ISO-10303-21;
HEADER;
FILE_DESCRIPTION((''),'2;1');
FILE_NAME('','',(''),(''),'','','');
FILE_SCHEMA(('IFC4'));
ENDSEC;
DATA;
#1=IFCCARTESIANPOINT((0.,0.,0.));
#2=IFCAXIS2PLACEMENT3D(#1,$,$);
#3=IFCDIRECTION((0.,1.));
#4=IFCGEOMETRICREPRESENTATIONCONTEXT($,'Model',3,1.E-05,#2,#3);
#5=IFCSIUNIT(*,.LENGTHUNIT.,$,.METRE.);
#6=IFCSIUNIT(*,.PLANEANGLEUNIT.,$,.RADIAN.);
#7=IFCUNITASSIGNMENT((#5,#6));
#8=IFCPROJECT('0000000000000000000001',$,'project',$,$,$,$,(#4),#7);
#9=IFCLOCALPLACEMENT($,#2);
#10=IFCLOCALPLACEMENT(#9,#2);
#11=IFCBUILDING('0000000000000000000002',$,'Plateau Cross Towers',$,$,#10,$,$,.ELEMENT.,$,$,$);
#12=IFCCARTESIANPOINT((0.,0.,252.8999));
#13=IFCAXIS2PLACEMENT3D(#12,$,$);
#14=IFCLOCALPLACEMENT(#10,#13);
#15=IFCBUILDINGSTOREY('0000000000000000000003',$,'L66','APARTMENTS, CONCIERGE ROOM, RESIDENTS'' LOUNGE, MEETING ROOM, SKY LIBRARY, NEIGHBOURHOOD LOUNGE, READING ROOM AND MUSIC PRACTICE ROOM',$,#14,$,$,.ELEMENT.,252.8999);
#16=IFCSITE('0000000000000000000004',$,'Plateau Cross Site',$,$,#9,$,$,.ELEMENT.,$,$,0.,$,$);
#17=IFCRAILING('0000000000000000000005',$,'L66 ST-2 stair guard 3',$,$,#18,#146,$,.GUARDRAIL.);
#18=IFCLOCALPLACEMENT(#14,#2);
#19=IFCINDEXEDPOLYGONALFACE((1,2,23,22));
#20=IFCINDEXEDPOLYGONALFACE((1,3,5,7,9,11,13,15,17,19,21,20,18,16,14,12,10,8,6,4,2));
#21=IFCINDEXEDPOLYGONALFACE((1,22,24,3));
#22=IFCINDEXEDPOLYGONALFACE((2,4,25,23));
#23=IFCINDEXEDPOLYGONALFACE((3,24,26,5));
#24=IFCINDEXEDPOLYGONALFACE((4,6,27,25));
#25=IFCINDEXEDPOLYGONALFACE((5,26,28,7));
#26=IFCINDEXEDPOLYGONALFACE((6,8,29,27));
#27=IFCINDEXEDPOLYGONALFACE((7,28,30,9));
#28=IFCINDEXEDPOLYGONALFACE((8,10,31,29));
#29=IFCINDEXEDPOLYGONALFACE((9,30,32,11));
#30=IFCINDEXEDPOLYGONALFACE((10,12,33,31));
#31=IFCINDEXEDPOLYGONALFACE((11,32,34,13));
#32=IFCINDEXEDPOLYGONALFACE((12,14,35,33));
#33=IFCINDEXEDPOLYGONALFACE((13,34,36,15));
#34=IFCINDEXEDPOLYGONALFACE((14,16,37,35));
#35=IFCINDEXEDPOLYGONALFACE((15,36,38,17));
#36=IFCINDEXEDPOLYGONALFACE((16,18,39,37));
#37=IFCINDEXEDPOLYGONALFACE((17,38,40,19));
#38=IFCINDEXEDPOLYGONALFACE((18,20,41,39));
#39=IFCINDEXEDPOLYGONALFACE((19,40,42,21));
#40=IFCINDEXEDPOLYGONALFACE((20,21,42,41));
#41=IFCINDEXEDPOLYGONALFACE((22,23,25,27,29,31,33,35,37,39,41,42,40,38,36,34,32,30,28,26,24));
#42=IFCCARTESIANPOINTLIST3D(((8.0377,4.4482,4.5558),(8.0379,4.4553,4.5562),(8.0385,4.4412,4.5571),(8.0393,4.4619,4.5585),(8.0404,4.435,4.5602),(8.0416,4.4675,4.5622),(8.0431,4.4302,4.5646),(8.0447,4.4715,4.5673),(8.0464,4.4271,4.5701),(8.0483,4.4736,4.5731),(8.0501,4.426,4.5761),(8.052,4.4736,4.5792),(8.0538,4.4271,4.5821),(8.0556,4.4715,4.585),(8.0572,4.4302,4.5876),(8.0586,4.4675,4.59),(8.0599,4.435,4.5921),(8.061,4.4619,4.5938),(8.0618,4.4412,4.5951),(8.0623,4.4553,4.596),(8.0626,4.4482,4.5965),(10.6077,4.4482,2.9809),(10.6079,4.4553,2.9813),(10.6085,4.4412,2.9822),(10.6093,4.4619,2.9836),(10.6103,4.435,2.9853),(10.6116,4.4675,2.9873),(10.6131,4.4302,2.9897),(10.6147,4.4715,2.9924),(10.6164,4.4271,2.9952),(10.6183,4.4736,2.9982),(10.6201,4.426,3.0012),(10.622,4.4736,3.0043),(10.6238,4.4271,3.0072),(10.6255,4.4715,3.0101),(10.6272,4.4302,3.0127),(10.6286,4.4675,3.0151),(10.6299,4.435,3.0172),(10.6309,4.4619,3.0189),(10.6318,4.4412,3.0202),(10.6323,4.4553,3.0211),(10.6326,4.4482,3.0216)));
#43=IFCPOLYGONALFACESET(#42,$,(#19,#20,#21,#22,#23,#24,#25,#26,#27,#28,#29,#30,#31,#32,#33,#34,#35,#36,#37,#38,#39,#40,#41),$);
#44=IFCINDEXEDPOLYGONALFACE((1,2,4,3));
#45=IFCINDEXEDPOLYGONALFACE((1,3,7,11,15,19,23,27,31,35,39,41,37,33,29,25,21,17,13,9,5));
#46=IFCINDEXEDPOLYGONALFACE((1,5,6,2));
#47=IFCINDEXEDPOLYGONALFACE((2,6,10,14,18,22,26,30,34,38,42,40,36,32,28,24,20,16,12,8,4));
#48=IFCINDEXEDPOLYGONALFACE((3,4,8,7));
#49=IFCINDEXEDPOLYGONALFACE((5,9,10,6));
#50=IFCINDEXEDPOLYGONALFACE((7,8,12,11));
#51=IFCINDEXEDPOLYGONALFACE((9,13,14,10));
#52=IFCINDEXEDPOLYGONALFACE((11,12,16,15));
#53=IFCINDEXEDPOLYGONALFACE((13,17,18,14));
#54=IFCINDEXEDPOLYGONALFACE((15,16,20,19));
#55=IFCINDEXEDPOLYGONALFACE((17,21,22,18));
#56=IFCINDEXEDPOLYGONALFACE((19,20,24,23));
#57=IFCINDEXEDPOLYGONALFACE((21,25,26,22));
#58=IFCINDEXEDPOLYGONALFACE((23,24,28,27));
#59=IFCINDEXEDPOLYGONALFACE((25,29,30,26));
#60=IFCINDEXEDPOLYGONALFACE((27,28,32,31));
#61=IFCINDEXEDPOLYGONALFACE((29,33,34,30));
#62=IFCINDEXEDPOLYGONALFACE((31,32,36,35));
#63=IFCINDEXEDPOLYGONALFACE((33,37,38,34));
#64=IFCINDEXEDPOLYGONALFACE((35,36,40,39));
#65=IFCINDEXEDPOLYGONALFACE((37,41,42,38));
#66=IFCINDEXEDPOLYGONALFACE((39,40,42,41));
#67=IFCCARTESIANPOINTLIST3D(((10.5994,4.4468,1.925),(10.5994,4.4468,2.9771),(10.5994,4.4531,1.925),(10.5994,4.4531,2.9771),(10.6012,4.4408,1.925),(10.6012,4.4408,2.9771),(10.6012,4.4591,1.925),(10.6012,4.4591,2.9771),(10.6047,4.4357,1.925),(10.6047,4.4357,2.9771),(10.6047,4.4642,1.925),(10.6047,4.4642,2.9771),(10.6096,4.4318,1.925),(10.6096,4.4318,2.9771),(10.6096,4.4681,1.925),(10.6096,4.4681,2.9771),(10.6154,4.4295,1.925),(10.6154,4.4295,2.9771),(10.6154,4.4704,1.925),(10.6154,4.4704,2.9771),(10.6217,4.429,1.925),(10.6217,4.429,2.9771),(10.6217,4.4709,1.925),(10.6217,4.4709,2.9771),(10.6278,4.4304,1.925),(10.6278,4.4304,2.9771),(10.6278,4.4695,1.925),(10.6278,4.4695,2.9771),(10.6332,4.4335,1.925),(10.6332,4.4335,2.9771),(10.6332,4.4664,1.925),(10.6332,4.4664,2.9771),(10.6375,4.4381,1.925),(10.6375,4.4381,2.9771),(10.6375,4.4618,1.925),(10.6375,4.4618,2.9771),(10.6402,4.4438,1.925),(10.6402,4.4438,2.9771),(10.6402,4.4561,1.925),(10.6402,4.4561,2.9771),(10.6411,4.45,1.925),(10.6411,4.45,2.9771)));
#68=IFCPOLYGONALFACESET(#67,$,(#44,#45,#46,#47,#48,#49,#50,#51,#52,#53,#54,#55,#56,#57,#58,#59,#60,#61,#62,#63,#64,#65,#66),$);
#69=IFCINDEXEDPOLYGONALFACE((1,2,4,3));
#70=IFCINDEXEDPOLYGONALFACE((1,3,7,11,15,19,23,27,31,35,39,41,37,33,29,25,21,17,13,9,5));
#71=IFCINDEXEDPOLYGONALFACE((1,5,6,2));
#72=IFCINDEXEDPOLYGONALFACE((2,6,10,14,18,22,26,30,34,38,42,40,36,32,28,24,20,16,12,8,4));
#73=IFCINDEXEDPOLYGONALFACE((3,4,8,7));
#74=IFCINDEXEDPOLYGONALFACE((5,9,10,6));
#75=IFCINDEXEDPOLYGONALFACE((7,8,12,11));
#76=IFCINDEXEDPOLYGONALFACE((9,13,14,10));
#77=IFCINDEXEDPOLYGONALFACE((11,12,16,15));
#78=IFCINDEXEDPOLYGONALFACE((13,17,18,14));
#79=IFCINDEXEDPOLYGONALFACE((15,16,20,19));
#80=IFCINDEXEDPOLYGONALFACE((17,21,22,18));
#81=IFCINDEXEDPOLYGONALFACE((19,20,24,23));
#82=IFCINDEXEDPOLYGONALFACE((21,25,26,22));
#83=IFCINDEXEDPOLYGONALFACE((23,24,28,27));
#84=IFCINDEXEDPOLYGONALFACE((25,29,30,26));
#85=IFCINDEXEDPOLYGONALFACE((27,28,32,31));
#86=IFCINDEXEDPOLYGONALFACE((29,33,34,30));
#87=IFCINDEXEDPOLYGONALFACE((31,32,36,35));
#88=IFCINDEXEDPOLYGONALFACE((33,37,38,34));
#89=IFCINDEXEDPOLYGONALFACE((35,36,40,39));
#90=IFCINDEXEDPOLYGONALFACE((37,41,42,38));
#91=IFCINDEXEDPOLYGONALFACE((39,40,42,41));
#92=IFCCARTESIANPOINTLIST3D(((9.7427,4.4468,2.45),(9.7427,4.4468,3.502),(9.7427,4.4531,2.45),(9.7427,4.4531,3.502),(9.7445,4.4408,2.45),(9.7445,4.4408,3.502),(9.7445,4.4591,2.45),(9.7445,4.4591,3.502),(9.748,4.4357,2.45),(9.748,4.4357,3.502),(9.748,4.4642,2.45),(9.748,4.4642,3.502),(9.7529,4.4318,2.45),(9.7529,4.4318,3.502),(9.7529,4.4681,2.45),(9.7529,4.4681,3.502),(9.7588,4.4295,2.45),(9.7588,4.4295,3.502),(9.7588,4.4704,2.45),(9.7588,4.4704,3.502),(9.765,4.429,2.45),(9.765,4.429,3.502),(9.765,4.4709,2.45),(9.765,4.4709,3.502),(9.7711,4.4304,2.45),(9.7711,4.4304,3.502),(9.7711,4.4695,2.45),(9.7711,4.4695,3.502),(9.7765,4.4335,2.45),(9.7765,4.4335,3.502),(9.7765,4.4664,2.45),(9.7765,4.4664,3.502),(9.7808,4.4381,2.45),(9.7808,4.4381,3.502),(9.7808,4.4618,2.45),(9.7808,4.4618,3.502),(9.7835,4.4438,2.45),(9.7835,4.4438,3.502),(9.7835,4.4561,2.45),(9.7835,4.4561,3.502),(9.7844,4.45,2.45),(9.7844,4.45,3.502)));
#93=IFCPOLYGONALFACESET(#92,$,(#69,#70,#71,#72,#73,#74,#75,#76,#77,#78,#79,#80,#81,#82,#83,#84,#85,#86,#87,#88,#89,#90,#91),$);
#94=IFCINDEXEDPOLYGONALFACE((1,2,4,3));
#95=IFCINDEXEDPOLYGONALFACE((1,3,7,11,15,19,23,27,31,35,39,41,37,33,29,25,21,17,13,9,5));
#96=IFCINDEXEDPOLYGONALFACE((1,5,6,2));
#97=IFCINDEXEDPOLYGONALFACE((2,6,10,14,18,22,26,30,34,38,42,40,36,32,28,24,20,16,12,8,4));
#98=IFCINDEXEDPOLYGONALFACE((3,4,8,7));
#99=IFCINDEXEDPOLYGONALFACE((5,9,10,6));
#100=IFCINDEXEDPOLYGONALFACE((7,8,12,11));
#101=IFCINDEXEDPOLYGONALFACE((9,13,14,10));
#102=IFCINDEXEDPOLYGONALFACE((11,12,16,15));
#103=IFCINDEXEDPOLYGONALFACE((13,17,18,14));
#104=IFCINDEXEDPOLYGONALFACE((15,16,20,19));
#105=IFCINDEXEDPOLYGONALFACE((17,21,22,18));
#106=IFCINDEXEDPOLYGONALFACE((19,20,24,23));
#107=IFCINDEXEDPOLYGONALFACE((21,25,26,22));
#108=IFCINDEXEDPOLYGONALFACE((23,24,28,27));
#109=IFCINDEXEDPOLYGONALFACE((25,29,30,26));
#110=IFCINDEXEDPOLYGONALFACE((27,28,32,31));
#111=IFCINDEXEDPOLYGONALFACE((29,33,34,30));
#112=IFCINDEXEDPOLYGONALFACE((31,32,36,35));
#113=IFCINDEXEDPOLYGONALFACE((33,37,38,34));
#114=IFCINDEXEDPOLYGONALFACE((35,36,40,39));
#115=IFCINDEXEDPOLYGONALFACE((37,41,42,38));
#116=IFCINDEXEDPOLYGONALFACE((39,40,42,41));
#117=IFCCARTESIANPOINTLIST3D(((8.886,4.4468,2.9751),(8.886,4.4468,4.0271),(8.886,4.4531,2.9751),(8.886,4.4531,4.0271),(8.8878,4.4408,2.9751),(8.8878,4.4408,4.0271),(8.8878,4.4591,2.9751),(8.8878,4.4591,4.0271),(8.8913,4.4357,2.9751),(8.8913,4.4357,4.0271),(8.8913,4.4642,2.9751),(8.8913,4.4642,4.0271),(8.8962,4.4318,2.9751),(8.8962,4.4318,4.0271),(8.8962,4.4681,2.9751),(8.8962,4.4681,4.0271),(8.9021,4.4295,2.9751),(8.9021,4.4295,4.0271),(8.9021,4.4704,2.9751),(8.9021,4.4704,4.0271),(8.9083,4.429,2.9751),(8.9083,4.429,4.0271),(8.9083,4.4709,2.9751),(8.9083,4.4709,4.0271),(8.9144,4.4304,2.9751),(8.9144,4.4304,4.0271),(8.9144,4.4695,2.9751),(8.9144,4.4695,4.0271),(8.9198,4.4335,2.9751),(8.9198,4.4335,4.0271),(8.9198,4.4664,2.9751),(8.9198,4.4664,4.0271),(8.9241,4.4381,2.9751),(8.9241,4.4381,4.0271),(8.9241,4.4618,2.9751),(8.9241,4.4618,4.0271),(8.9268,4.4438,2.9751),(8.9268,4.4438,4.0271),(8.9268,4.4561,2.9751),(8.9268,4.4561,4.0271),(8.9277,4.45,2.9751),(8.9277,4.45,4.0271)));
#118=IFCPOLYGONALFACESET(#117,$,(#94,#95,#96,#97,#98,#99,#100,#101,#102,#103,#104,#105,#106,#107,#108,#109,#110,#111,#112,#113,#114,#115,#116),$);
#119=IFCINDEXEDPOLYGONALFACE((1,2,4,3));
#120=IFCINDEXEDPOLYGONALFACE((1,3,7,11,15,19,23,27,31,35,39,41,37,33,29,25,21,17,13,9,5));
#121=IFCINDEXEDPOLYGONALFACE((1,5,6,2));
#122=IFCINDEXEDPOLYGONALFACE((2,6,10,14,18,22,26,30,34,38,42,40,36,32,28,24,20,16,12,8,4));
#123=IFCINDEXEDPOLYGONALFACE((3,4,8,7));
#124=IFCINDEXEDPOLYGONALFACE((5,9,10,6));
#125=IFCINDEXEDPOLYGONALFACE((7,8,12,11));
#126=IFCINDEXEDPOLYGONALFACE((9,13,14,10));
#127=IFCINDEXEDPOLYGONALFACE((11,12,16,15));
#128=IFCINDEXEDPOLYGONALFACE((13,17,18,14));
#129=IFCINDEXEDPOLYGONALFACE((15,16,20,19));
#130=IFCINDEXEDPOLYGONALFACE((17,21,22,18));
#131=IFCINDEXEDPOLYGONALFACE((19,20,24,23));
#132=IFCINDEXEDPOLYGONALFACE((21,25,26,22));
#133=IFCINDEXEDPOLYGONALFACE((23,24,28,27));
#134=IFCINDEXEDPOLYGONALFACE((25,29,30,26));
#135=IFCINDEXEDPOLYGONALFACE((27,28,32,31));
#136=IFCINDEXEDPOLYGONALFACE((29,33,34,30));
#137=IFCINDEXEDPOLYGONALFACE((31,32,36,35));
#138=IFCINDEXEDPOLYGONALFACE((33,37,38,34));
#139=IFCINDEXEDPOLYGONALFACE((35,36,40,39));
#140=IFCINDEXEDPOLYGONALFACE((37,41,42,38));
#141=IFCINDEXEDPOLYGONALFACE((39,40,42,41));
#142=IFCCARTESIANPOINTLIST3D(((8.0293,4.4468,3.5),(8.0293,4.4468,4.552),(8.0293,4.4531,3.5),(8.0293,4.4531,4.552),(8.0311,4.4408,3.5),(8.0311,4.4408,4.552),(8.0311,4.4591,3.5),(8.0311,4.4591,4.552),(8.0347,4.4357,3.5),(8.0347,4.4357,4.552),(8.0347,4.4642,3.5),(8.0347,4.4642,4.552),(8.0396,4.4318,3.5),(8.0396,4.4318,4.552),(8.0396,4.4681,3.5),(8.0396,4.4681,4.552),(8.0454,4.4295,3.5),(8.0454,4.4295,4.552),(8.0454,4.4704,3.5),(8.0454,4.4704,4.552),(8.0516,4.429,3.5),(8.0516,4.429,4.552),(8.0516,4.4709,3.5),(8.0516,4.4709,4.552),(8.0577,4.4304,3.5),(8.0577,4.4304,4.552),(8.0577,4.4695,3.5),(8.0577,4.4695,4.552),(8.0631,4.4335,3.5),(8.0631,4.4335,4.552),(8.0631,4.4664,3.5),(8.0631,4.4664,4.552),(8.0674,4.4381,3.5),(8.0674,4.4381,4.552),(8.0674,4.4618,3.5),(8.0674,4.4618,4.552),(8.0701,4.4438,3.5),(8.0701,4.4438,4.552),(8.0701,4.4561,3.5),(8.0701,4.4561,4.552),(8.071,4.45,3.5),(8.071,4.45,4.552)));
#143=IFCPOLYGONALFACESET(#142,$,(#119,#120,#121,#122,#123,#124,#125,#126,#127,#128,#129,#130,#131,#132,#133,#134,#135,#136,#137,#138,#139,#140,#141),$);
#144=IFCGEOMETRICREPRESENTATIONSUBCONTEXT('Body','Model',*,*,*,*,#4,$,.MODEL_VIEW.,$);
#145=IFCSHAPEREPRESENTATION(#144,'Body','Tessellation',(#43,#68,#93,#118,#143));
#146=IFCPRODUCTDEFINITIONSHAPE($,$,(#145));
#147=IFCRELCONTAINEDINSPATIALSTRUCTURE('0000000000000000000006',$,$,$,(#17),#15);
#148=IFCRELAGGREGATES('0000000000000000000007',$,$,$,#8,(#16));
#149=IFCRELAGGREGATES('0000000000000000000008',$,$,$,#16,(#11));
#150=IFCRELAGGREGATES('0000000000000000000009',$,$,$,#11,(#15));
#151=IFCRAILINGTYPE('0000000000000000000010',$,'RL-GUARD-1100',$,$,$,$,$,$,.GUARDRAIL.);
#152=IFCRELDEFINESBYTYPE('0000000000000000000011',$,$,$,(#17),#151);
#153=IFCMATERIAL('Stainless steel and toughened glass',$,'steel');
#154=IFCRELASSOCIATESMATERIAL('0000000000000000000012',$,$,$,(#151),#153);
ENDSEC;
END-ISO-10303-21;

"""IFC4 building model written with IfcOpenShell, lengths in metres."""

from ifc_helpers import new_model, si_unit, direction, frame, origin, origin_2d, place, context, subcontext, project, spatial, circle, extrude, material, type_object, element, save


model = new_model("IFC4")

# Units and contexts
model_context = context("Model", 3, precision=1e-05, world=origin(), true_north=direction((0.0, 1.0)))
body_context = subcontext(model_context, "Body", "Model", "MODEL_VIEW")
ifc_project = project(units=[si_unit("LENGTHUNIT", "METRE"), si_unit("PLANEANGLEUNIT", "RADIAN")], contexts=[model_context])

# Site, building, storey
site_placement = place(None, origin())
site = spatial("IfcSite", under=ifc_project, at=site_placement, Name="Plateau Cross Site", CompositionType="ELEMENT", RefElevation=0.0)
building_placement = place(site_placement, origin())
building = spatial("IfcBuilding", under=site, at=building_placement, Name="Plateau Cross Towers", CompositionType="ELEMENT")
storey_placement = place(building_placement, frame((0.0, 0.0, 252.8999)))
storey = spatial("IfcBuildingStorey", under=building, at=storey_placement, Name="L66", Description="APARTMENTS, CONCIERGE ROOM, RESIDENTS' LOUNGE, MEETING ROOM, SKY LIBRARY, NEIGHBOURHOOD LOUNGE, READING ROOM AND MUSIC PRACTICE ROOM", CompositionType="ELEMENT", Elevation=252.8999)

# Railing
ifc_material_1 = material(Name="Stainless steel and toughened glass", Category="steel")
railing_type_1 = type_object("IfcRailingType", Name="RL-GUARD-1100", PredefinedType="GUARDRAIL", material=ifc_material_1)
railing_1_placement = place(storey_placement, frame((10.6201, 4.45, 1.925)))
element("IfcRailing", 1, at=railing_1_placement, inside=storey, type_object=railing_type_1, Name="L66 ST-2 stair guard 3", PredefinedType="GUARDRAIL", context=body_context, shape_type="SweptSolid", body=[
    extrude(circle(Radius=0.0239, at=origin_2d()), frame((0.0, 0.0, 1.0762), z_axis=(-0.852639, 0.0, 0.522501), x_axis=(0.0, -1.0, 0.0)), (0.0, 0.0, 1.0), 3.0142),
    extrude(circle(Radius=0.021, at=origin_2d()), origin(), (0.0, 0.0, 1.0), 1.052),
    extrude(circle(Radius=0.021, at=origin_2d()), frame((-0.8567, 0.0, 0.5249)), (0.0, 0.0, 1.0), 1.052),
    extrude(circle(Radius=0.021, at=origin_2d()), frame((-1.7134, 0.0, 1.05)), (0.0, 0.0, 1.0), 1.052),
    extrude(circle(Radius=0.021, at=origin_2d()), frame((-2.5701, 0.0, 1.575)), (0.0, 0.0, 1.0), 1.052),
])

save(model, "model.ifc")
